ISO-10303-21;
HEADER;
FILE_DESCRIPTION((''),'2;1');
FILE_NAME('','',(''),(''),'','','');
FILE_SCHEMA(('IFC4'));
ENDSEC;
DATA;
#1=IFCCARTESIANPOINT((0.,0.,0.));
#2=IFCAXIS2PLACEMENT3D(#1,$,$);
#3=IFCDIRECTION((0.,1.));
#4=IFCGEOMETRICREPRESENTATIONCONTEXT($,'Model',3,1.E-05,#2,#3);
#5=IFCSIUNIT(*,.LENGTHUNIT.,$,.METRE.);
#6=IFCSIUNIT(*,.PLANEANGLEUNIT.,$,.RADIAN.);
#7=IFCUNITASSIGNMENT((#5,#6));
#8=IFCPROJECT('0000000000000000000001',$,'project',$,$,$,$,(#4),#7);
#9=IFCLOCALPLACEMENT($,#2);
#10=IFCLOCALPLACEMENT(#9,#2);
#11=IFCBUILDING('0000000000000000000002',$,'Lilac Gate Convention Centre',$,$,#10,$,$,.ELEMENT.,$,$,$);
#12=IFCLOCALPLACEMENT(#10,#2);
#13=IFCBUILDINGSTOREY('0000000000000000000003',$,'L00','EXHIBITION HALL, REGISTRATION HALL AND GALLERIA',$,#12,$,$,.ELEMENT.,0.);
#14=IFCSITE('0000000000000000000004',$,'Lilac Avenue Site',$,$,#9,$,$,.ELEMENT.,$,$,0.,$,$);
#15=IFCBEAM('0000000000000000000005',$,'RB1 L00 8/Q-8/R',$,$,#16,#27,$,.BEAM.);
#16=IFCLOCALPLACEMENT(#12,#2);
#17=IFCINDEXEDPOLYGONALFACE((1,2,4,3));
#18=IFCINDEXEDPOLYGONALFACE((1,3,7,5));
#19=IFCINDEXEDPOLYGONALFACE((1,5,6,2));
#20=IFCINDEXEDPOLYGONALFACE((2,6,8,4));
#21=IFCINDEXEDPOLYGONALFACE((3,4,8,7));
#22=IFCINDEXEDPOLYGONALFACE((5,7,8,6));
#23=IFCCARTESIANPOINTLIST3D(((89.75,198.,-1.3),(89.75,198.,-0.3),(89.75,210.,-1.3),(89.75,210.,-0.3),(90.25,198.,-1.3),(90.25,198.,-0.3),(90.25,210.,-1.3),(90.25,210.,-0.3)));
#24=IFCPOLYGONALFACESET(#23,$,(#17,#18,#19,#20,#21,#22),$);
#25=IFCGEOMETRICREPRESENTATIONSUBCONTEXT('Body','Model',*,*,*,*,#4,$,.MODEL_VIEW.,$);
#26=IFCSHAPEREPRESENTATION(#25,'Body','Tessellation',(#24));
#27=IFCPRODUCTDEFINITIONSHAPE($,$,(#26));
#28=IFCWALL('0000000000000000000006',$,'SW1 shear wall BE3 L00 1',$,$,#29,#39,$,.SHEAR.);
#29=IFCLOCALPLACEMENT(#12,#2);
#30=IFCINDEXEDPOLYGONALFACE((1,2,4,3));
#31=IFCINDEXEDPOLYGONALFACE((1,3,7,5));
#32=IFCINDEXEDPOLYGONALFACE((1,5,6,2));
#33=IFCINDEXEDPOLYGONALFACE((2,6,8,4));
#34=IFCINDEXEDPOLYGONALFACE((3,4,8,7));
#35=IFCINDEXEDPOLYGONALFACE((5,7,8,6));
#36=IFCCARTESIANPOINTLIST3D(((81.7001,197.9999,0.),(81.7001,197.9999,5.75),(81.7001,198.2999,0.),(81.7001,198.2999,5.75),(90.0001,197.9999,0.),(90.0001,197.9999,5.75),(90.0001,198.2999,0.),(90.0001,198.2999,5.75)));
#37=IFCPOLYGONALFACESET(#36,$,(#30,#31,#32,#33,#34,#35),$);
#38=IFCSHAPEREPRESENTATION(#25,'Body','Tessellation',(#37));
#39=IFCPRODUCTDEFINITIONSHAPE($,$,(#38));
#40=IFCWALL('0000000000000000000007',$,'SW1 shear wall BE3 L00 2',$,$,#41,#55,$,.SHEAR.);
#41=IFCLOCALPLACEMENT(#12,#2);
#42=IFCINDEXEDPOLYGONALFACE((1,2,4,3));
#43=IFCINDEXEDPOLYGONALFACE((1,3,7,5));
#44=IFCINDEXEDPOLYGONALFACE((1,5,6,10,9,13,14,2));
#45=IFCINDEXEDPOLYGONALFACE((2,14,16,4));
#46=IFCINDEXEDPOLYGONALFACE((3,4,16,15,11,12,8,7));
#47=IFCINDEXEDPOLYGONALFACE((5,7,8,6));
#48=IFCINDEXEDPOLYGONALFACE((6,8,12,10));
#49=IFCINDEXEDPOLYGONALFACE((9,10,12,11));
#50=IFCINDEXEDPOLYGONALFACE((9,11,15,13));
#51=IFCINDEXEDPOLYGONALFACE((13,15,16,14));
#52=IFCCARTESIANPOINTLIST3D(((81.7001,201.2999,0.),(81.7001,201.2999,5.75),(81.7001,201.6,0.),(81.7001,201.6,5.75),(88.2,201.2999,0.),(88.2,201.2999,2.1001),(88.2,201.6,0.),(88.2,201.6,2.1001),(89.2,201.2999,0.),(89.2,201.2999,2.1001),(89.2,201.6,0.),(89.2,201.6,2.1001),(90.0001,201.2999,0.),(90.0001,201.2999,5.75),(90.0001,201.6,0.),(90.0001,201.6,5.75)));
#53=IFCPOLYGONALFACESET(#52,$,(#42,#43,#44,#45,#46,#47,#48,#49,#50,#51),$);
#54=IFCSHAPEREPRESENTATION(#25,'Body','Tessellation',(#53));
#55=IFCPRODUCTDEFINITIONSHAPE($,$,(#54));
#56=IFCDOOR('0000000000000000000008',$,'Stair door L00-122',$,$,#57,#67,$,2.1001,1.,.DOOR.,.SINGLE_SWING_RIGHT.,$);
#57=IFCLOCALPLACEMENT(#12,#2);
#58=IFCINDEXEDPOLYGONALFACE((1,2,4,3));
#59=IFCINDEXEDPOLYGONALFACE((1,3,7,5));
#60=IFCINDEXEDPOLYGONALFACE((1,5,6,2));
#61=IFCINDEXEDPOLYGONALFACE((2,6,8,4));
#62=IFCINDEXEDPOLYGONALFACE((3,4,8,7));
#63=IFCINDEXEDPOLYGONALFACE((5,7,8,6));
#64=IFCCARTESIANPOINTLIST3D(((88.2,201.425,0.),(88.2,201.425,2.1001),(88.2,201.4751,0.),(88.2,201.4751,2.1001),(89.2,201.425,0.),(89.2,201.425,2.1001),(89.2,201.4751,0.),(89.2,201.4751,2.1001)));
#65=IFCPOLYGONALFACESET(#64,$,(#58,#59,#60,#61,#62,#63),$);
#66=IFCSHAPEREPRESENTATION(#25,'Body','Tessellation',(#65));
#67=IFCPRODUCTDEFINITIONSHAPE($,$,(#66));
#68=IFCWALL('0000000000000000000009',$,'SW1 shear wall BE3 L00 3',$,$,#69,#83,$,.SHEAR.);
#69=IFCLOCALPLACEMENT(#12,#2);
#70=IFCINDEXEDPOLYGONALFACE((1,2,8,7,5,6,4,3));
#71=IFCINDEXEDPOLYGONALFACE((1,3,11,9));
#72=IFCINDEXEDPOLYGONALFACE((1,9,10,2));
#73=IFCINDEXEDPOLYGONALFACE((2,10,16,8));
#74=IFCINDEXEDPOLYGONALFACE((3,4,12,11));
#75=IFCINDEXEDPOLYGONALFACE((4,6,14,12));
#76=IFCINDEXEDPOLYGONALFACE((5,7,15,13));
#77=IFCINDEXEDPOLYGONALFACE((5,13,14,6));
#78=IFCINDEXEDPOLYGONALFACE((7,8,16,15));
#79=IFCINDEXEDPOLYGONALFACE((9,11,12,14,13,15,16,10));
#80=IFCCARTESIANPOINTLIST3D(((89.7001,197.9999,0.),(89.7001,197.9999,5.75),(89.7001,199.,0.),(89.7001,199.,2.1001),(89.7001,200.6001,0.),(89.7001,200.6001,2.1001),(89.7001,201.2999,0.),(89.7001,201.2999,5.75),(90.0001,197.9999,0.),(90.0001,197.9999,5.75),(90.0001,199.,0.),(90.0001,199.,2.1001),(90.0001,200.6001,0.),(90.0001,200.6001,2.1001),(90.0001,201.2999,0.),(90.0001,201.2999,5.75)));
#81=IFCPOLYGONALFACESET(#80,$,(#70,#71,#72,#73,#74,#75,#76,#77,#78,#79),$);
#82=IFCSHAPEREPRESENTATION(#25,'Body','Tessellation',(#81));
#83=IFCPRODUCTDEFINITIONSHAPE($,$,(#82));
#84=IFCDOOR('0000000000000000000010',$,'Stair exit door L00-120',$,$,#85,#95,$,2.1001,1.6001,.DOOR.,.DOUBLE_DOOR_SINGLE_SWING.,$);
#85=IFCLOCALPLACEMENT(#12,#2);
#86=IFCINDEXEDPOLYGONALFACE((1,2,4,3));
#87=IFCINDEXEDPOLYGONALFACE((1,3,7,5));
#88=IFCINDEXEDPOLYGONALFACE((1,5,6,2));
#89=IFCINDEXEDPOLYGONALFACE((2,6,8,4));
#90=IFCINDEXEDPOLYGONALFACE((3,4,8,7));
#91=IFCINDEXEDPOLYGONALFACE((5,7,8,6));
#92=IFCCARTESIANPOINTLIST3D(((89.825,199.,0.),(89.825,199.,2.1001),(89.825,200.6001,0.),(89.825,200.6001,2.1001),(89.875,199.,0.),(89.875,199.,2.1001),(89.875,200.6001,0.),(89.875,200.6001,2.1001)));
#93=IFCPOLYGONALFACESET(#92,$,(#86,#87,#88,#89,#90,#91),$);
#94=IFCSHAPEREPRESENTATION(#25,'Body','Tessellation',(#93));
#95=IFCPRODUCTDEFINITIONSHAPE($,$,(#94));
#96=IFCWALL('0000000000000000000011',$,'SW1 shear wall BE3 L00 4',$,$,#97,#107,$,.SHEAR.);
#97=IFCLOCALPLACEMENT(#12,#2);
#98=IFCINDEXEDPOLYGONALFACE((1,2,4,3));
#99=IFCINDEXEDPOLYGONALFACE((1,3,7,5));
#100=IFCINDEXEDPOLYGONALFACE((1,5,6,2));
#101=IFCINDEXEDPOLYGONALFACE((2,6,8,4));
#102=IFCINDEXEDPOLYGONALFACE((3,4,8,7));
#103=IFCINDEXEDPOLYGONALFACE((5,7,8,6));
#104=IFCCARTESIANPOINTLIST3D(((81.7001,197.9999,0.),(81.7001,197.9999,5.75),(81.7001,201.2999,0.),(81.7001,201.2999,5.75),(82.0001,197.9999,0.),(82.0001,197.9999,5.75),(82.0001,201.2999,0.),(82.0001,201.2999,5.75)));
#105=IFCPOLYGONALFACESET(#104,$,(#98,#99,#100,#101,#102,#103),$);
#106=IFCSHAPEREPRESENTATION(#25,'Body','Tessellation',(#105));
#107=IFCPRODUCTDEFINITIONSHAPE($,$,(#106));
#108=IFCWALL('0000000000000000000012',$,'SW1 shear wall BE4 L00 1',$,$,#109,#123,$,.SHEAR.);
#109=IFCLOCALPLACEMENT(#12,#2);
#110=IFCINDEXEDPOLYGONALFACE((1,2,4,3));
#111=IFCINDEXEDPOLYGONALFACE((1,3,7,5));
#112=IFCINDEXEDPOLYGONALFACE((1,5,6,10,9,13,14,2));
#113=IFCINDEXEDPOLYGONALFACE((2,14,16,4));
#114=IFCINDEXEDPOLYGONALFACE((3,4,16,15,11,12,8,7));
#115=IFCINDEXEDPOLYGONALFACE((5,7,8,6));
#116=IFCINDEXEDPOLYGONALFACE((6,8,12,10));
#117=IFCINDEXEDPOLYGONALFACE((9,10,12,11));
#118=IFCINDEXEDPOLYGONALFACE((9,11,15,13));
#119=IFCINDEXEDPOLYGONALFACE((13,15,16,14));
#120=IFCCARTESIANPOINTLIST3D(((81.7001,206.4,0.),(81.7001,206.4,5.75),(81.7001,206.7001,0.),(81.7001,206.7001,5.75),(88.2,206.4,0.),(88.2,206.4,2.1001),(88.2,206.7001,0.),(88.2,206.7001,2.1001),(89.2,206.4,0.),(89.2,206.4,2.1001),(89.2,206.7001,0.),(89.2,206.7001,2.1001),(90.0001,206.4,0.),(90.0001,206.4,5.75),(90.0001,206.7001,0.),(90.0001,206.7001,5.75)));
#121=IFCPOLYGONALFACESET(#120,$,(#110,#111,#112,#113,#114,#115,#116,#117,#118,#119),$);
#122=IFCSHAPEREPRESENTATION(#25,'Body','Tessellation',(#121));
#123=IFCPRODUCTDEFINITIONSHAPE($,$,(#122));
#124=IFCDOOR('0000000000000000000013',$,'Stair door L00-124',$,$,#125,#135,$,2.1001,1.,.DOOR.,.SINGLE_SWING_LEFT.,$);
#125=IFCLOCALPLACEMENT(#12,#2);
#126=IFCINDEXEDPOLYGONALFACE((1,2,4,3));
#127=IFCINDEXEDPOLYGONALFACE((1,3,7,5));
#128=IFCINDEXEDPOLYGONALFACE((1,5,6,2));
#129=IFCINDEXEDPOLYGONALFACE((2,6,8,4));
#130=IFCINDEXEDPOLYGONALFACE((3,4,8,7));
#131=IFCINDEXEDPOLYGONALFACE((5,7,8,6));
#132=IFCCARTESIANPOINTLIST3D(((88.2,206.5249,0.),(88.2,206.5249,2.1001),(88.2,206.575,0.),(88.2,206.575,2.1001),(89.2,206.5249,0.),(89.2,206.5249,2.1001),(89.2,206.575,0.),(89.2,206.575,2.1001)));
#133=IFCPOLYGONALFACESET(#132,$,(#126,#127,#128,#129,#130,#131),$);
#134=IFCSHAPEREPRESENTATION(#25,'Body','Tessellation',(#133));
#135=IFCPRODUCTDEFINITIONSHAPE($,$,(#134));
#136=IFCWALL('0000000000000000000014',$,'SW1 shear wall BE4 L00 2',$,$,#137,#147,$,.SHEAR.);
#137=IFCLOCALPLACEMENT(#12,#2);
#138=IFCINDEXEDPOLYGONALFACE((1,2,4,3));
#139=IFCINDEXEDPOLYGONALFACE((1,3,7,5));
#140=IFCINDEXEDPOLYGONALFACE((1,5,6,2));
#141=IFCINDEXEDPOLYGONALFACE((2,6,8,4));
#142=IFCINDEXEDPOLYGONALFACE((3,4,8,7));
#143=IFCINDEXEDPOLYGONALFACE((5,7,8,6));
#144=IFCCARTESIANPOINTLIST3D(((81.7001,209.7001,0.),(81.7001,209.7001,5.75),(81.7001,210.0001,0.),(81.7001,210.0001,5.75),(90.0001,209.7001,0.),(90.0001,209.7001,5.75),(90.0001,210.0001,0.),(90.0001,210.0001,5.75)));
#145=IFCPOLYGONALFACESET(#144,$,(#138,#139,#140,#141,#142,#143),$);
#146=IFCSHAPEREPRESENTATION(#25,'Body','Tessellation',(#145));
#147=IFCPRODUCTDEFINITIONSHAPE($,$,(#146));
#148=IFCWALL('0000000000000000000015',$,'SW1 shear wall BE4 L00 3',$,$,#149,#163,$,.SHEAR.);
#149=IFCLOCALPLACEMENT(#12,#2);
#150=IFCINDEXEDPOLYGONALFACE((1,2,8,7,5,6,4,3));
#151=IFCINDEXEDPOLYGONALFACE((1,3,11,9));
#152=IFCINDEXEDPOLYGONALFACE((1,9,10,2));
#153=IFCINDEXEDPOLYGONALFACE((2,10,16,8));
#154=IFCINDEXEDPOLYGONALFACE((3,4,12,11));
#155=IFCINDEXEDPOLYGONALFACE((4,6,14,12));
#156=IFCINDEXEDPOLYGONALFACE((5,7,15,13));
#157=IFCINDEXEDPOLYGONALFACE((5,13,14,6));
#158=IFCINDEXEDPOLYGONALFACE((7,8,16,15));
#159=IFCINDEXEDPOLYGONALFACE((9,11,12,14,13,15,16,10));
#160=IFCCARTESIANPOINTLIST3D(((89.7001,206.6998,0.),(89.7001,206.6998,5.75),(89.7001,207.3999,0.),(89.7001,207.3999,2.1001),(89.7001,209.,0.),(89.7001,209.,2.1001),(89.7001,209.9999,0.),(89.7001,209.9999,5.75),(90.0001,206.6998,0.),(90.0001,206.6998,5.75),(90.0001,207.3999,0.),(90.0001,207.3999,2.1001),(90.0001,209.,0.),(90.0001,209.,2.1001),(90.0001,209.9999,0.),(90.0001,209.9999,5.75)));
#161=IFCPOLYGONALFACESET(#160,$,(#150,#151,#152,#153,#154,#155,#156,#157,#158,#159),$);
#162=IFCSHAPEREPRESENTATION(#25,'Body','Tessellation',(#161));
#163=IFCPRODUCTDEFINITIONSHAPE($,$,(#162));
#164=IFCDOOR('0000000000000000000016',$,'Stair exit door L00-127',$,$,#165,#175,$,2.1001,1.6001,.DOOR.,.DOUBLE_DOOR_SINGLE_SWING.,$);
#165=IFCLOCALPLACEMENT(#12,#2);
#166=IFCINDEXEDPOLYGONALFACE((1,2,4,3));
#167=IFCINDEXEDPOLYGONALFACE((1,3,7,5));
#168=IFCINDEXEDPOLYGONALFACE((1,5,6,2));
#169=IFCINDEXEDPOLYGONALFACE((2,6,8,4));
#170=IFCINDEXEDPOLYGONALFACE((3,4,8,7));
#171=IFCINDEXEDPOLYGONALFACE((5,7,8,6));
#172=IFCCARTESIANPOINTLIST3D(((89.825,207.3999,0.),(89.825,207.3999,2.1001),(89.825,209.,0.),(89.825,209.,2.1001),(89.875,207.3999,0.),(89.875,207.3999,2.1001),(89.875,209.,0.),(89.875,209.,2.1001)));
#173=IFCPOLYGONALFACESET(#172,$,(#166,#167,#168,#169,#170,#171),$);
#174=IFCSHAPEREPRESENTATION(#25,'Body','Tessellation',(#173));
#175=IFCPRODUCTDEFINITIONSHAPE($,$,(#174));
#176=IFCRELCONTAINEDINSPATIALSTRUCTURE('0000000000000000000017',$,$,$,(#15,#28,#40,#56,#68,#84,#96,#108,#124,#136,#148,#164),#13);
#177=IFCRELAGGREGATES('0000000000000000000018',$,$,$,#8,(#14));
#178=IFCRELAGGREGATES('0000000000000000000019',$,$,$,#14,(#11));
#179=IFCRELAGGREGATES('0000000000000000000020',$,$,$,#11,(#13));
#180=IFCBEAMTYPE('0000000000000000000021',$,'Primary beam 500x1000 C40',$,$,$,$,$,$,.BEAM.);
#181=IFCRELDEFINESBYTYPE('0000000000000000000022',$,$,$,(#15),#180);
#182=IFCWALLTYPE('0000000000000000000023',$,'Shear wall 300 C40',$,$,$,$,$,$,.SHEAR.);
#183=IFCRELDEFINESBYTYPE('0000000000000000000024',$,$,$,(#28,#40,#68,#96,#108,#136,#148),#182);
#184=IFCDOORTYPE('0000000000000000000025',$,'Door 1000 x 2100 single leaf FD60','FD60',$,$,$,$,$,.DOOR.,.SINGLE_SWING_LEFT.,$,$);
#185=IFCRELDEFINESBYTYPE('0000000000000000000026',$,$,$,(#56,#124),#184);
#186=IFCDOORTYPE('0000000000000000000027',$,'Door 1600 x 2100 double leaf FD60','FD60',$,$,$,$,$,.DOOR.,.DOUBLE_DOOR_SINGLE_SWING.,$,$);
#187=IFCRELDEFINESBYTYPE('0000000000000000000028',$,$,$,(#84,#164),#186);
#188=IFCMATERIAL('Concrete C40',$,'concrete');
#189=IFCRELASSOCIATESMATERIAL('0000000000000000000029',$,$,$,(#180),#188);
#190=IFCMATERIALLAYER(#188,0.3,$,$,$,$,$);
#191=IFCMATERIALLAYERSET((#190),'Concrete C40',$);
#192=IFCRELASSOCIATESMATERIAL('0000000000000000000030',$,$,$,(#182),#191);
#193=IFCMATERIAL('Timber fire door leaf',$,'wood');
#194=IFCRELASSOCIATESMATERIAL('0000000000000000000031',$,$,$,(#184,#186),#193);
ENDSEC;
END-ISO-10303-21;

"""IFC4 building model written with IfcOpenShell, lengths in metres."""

from ifc_helpers import new_model, si_unit, direction, frame, frame_2d, origin, origin_2d, place, context, subcontext, project, spatial, rectangle, extrude, material, layer, layer_set, material_profile, profile_set, type_object, element, fill, save


model = new_model("IFC4")

# Units and contexts
model_context = context("Model", 3, precision=1e-05, world=origin(), true_north=direction((0.0, 1.0)))
body_context = subcontext(model_context, "Body", "Model", "MODEL_VIEW")
ifc_project = project(units=[si_unit("LENGTHUNIT", "METRE"), si_unit("PLANEANGLEUNIT", "RADIAN")], contexts=[model_context])

# Site, building, storey
site_placement = place(None, origin())
site = spatial("IfcSite", under=ifc_project, at=site_placement, Name="Lilac Avenue Site", CompositionType="ELEMENT", RefElevation=0.0)
building_placement = place(site_placement, origin())
building = spatial("IfcBuilding", under=site, at=building_placement, Name="Lilac Gate Convention Centre", CompositionType="ELEMENT")
storey_placement = place(building_placement, origin())
storey = spatial("IfcBuildingStorey", under=building, at=storey_placement, Name="L00", Description="EXHIBITION HALL, REGISTRATION HALL AND GALLERIA", CompositionType="ELEMENT", Elevation=0.0)

# Beam
ifc_material_1 = material(Name="Concrete C40", Category="concrete")
ifc_material_profile = material_profile(ifc_material_1, rectangle(XDim=0.5, YDim=1.0, at=origin_2d()), Name="RC 500x1000")
ifc_profile_set = profile_set([ifc_material_profile], Name="Concrete C40")
beam_type = type_object("IfcBeamType", Name="Primary beam 500x1000 C40", PredefinedType="BEAM", material=ifc_profile_set)
beam_placement = place(storey_placement, frame((90.0, 198.0, -0.8), z_axis=(0.0, 1.0, 0.0), x_axis=(-1.0, 0.0, 0.0)))
element("IfcBeam", 1, at=beam_placement, inside=storey, type_object=beam_type, Name="RB1 L00 8/Q-8/R", PredefinedType="BEAM", context=body_context, shape_type="SweptSolid", body=[
    extrude(rectangle(XDim=0.5, YDim=1.0, at=origin_2d()), origin(), (0.0, 0.0, 1.0), 12.0),
])

# Wall
ifc_layer_1 = layer(ifc_material_1, 0.3)
ifc_layer_set_1 = layer_set([ifc_layer_1], Name="Concrete C40")
wall_type_1 = type_object("IfcWallType", Name="Shear wall 300 C40", PredefinedType="SHEAR", material=ifc_layer_set_1)
wall_1_placement = place(storey_placement, frame((90.0, 198.1499, 0.0), z_axis=(0.0, 0.0, 1.0), x_axis=(-1.0, 0.0, 0.0)))
element("IfcWall", 2, at=wall_1_placement, inside=storey, type_object=wall_type_1, Name="SW1 shear wall BE3 L00 1", PredefinedType="SHEAR", context=body_context, shape_type="SweptSolid", body=[
    extrude(rectangle(XDim=8.3, YDim=0.3, at=frame_2d((4.1499, 0.0))), origin(), (0.0, 0.0, 1.0), 5.75),
])

# Walls, openings, doors
wall_2_placement = place(storey_placement, frame((90.0, 201.45, 0.0), z_axis=(0.0, 0.0, 1.0), x_axis=(-1.0, 0.0, 0.0)))
wall_2 = element("IfcWall", 3, at=wall_2_placement, inside=storey, type_object=wall_type_1, Name="SW1 shear wall BE3 L00 2", PredefinedType="SHEAR", context=body_context, shape_type="SweptSolid", body=[
    extrude(rectangle(XDim=8.3, YDim=0.3, at=frame_2d((4.1499, 0.0))), origin(), (0.0, 0.0, 1.0), 5.75),
])
opening_1_placement = place(wall_2_placement, frame((0.8, 0.0, 0.0)))
opening_1 = element("IfcOpeningElement", 4, at=opening_1_placement, cuts=wall_2, PredefinedType="OPENING", context=body_context, shape_type="SweptSolid", body=[
    extrude(rectangle(XDim=1.0, YDim=2.1001, at=frame_2d((0.5, 1.05))), frame((0.0, 0.1599, 0.0), z_axis=(0.0, -1.0, 0.0), x_axis=(1.0, 0.0, 0.0)), (0.0, 0.0, 1.0), 0.3201),
])
ifc_material_2 = material(Name="Timber fire door leaf", Category="wood")
door_type_1 = type_object("IfcDoorType", Name="Door 1000 x 2100 single leaf FD60", Description="FD60", OperationType="SINGLE_SWING_LEFT", PredefinedType="DOOR", material=ifc_material_2)
door_1_placement = place(opening_1_placement, origin())
door_1 = element("IfcDoor", 5, at=door_1_placement, inside=storey, type_object=door_type_1, Name="Stair door L00-122", OperationType="SINGLE_SWING_RIGHT", OverallHeight=2.1001, OverallWidth=1.0, PredefinedType="DOOR", context=body_context, shape_type="SweptSolid", body=[
    extrude(rectangle(XDim=1.0, YDim=2.1001, at=frame_2d((0.5, 1.05))), frame((0.0, 0.0249, 0.0), z_axis=(0.0, -1.0, 0.0), x_axis=(1.0, 0.0, 0.0)), (0.0, 0.0, 1.0), 0.05),
])
fill(opening_1, door_1)
wall_3_placement = place(storey_placement, frame((89.8501, 198.0, 0.0), z_axis=(0.0, 0.0, 1.0), x_axis=(0.0, 1.0, 0.0)))
wall_3 = element("IfcWall", 6, at=wall_3_placement, inside=storey, type_object=wall_type_1, Name="SW1 shear wall BE3 L00 3", PredefinedType="SHEAR", context=body_context, shape_type="SweptSolid", body=[
    extrude(rectangle(XDim=3.3, YDim=0.3, at=frame_2d((1.6499, 0.0))), origin(), (0.0, 0.0, 1.0), 5.75),
])
opening_2_placement = place(wall_3_placement, frame((1.0, 0.0, 0.0)))
opening_2 = element("IfcOpeningElement", 7, at=opening_2_placement, cuts=wall_3, PredefinedType="OPENING", context=body_context, shape_type="SweptSolid", body=[
    extrude(rectangle(XDim=1.6001, YDim=2.1001, at=frame_2d((0.8, 1.05))), frame((0.0, 0.1599, 0.0), z_axis=(0.0, -1.0, 0.0), x_axis=(1.0, 0.0, 0.0)), (0.0, 0.0, 1.0), 0.3201),
])
door_type_2 = type_object("IfcDoorType", Name="Door 1600 x 2100 double leaf FD60", Description="FD60", OperationType="DOUBLE_DOOR_SINGLE_SWING", PredefinedType="DOOR", material=ifc_material_2)
door_2_placement = place(opening_2_placement, frame((1.6001, 0.0, 0.0), z_axis=(0.0, 0.0, 1.0), x_axis=(-1.0, 0.0, 0.0)))
door_2 = element("IfcDoor", 8, at=door_2_placement, inside=storey, type_object=door_type_2, Name="Stair exit door L00-120", OperationType="DOUBLE_DOOR_SINGLE_SWING", OverallHeight=2.1001, OverallWidth=1.6001, PredefinedType="DOOR", context=body_context, shape_type="SweptSolid", body=[
    extrude(rectangle(XDim=1.6001, YDim=2.1001, at=frame_2d((0.8, 1.05))), frame((0.0, 0.0249, 0.0), z_axis=(0.0, -1.0, 0.0), x_axis=(1.0, 0.0, 0.0)), (0.0, 0.0, 1.0), 0.05),
])
fill(opening_2, door_2)

# Wall
wall_4_placement = place(storey_placement, frame((81.8501, 198.0, 0.0), z_axis=(0.0, 0.0, 1.0), x_axis=(0.0, 1.0, 0.0)))
element("IfcWall", 9, at=wall_4_placement, inside=storey, type_object=wall_type_1, Name="SW1 shear wall BE3 L00 4", PredefinedType="SHEAR", context=body_context, shape_type="SweptSolid", body=[
    extrude(rectangle(XDim=3.3, YDim=0.3, at=frame_2d((1.6499, 0.0))), origin(), (0.0, 0.0, 1.0), 5.75),
])

# Wall, opening, door
wall_5_placement = place(storey_placement, frame((90.0, 206.55, 0.0), z_axis=(0.0, 0.0, 1.0), x_axis=(-1.0, 0.0, 0.0)))
wall_5 = element("IfcWall", 10, at=wall_5_placement, inside=storey, type_object=wall_type_1, Name="SW1 shear wall BE4 L00 1", PredefinedType="SHEAR", context=body_context, shape_type="SweptSolid", body=[
    extrude(rectangle(XDim=8.3, YDim=0.3, at=frame_2d((4.1499, 0.0))), origin(), (0.0, 0.0, 1.0), 5.75),
])
opening_3_placement = place(wall_5_placement, frame((0.8, 0.0, 0.0)))
opening_3 = element("IfcOpeningElement", 11, at=opening_3_placement, cuts=wall_5, PredefinedType="OPENING", context=body_context, shape_type="SweptSolid", body=[
    extrude(rectangle(XDim=1.0, YDim=2.1001, at=frame_2d((0.5, 1.05))), frame((0.0, 0.1599, 0.0), z_axis=(0.0, -1.0, 0.0), x_axis=(1.0, 0.0, 0.0)), (0.0, 0.0, 1.0), 0.3201),
])
door_3_placement = place(opening_3_placement, frame((1.0, 0.0, 0.0), z_axis=(0.0, 0.0, 1.0), x_axis=(-1.0, 0.0, 0.0)))
door_3 = element("IfcDoor", 12, at=door_3_placement, inside=storey, type_object=door_type_1, Name="Stair door L00-124", OperationType="SINGLE_SWING_LEFT", OverallHeight=2.1001, OverallWidth=1.0, PredefinedType="DOOR", context=body_context, shape_type="SweptSolid", body=[
    extrude(rectangle(XDim=1.0, YDim=2.1001, at=frame_2d((0.5, 1.05))), frame((0.0, 0.0249, 0.0), z_axis=(0.0, -1.0, 0.0), x_axis=(1.0, 0.0, 0.0)), (0.0, 0.0, 1.0), 0.05),
])
fill(opening_3, door_3)

# Wall
wall_6_placement = place(storey_placement, frame((90.0, 209.8501, 0.0), z_axis=(0.0, 0.0, 1.0), x_axis=(-1.0, 0.0, 0.0)))
element("IfcWall", 13, at=wall_6_placement, inside=storey, type_object=wall_type_1, Name="SW1 shear wall BE4 L00 2", PredefinedType="SHEAR", context=body_context, shape_type="SweptSolid", body=[
    extrude(rectangle(XDim=8.3, YDim=0.3, at=frame_2d((4.1499, 0.0))), origin(), (0.0, 0.0, 1.0), 5.75),
])

# Wall, opening, door
wall_7_placement = place(storey_placement, frame((89.8501, 206.7, 0.0), z_axis=(0.0, 0.0, 1.0), x_axis=(0.0, 1.0, 0.0)))
wall_7 = element("IfcWall", 14, at=wall_7_placement, inside=storey, type_object=wall_type_1, Name="SW1 shear wall BE4 L00 3", PredefinedType="SHEAR", context=body_context, shape_type="SweptSolid", body=[
    extrude(rectangle(XDim=3.3, YDim=0.3, at=frame_2d((1.6499, 0.0))), origin(), (0.0, 0.0, 1.0), 5.75),
])
opening_4_placement = place(wall_7_placement, frame((0.7, 0.0, 0.0)))
opening_4 = element("IfcOpeningElement", 15, at=opening_4_placement, cuts=wall_7, PredefinedType="OPENING", context=body_context, shape_type="SweptSolid", body=[
    extrude(rectangle(XDim=1.6001, YDim=2.1001, at=frame_2d((0.8, 1.05))), frame((0.0, 0.1599, 0.0), z_axis=(0.0, -1.0, 0.0), x_axis=(1.0, 0.0, 0.0)), (0.0, 0.0, 1.0), 0.3201),
])
door_4_placement = place(opening_4_placement, frame((1.6001, 0.0, 0.0), z_axis=(0.0, 0.0, 1.0), x_axis=(-1.0, 0.0, 0.0)))
door_4 = element("IfcDoor", 16, at=door_4_placement, inside=storey, type_object=door_type_2, Name="Stair exit door L00-127", OperationType="DOUBLE_DOOR_SINGLE_SWING", OverallHeight=2.1001, OverallWidth=1.6001, PredefinedType="DOOR", context=body_context, shape_type="SweptSolid", body=[
    extrude(rectangle(XDim=1.6001, YDim=2.1001, at=frame_2d((0.8, 1.05))), frame((0.0, 0.0249, 0.0), z_axis=(0.0, -1.0, 0.0), x_axis=(1.0, 0.0, 0.0)), (0.0, 0.0, 1.0), 0.05),
])
fill(opening_4, door_4)

save(model, "model.ifc")
